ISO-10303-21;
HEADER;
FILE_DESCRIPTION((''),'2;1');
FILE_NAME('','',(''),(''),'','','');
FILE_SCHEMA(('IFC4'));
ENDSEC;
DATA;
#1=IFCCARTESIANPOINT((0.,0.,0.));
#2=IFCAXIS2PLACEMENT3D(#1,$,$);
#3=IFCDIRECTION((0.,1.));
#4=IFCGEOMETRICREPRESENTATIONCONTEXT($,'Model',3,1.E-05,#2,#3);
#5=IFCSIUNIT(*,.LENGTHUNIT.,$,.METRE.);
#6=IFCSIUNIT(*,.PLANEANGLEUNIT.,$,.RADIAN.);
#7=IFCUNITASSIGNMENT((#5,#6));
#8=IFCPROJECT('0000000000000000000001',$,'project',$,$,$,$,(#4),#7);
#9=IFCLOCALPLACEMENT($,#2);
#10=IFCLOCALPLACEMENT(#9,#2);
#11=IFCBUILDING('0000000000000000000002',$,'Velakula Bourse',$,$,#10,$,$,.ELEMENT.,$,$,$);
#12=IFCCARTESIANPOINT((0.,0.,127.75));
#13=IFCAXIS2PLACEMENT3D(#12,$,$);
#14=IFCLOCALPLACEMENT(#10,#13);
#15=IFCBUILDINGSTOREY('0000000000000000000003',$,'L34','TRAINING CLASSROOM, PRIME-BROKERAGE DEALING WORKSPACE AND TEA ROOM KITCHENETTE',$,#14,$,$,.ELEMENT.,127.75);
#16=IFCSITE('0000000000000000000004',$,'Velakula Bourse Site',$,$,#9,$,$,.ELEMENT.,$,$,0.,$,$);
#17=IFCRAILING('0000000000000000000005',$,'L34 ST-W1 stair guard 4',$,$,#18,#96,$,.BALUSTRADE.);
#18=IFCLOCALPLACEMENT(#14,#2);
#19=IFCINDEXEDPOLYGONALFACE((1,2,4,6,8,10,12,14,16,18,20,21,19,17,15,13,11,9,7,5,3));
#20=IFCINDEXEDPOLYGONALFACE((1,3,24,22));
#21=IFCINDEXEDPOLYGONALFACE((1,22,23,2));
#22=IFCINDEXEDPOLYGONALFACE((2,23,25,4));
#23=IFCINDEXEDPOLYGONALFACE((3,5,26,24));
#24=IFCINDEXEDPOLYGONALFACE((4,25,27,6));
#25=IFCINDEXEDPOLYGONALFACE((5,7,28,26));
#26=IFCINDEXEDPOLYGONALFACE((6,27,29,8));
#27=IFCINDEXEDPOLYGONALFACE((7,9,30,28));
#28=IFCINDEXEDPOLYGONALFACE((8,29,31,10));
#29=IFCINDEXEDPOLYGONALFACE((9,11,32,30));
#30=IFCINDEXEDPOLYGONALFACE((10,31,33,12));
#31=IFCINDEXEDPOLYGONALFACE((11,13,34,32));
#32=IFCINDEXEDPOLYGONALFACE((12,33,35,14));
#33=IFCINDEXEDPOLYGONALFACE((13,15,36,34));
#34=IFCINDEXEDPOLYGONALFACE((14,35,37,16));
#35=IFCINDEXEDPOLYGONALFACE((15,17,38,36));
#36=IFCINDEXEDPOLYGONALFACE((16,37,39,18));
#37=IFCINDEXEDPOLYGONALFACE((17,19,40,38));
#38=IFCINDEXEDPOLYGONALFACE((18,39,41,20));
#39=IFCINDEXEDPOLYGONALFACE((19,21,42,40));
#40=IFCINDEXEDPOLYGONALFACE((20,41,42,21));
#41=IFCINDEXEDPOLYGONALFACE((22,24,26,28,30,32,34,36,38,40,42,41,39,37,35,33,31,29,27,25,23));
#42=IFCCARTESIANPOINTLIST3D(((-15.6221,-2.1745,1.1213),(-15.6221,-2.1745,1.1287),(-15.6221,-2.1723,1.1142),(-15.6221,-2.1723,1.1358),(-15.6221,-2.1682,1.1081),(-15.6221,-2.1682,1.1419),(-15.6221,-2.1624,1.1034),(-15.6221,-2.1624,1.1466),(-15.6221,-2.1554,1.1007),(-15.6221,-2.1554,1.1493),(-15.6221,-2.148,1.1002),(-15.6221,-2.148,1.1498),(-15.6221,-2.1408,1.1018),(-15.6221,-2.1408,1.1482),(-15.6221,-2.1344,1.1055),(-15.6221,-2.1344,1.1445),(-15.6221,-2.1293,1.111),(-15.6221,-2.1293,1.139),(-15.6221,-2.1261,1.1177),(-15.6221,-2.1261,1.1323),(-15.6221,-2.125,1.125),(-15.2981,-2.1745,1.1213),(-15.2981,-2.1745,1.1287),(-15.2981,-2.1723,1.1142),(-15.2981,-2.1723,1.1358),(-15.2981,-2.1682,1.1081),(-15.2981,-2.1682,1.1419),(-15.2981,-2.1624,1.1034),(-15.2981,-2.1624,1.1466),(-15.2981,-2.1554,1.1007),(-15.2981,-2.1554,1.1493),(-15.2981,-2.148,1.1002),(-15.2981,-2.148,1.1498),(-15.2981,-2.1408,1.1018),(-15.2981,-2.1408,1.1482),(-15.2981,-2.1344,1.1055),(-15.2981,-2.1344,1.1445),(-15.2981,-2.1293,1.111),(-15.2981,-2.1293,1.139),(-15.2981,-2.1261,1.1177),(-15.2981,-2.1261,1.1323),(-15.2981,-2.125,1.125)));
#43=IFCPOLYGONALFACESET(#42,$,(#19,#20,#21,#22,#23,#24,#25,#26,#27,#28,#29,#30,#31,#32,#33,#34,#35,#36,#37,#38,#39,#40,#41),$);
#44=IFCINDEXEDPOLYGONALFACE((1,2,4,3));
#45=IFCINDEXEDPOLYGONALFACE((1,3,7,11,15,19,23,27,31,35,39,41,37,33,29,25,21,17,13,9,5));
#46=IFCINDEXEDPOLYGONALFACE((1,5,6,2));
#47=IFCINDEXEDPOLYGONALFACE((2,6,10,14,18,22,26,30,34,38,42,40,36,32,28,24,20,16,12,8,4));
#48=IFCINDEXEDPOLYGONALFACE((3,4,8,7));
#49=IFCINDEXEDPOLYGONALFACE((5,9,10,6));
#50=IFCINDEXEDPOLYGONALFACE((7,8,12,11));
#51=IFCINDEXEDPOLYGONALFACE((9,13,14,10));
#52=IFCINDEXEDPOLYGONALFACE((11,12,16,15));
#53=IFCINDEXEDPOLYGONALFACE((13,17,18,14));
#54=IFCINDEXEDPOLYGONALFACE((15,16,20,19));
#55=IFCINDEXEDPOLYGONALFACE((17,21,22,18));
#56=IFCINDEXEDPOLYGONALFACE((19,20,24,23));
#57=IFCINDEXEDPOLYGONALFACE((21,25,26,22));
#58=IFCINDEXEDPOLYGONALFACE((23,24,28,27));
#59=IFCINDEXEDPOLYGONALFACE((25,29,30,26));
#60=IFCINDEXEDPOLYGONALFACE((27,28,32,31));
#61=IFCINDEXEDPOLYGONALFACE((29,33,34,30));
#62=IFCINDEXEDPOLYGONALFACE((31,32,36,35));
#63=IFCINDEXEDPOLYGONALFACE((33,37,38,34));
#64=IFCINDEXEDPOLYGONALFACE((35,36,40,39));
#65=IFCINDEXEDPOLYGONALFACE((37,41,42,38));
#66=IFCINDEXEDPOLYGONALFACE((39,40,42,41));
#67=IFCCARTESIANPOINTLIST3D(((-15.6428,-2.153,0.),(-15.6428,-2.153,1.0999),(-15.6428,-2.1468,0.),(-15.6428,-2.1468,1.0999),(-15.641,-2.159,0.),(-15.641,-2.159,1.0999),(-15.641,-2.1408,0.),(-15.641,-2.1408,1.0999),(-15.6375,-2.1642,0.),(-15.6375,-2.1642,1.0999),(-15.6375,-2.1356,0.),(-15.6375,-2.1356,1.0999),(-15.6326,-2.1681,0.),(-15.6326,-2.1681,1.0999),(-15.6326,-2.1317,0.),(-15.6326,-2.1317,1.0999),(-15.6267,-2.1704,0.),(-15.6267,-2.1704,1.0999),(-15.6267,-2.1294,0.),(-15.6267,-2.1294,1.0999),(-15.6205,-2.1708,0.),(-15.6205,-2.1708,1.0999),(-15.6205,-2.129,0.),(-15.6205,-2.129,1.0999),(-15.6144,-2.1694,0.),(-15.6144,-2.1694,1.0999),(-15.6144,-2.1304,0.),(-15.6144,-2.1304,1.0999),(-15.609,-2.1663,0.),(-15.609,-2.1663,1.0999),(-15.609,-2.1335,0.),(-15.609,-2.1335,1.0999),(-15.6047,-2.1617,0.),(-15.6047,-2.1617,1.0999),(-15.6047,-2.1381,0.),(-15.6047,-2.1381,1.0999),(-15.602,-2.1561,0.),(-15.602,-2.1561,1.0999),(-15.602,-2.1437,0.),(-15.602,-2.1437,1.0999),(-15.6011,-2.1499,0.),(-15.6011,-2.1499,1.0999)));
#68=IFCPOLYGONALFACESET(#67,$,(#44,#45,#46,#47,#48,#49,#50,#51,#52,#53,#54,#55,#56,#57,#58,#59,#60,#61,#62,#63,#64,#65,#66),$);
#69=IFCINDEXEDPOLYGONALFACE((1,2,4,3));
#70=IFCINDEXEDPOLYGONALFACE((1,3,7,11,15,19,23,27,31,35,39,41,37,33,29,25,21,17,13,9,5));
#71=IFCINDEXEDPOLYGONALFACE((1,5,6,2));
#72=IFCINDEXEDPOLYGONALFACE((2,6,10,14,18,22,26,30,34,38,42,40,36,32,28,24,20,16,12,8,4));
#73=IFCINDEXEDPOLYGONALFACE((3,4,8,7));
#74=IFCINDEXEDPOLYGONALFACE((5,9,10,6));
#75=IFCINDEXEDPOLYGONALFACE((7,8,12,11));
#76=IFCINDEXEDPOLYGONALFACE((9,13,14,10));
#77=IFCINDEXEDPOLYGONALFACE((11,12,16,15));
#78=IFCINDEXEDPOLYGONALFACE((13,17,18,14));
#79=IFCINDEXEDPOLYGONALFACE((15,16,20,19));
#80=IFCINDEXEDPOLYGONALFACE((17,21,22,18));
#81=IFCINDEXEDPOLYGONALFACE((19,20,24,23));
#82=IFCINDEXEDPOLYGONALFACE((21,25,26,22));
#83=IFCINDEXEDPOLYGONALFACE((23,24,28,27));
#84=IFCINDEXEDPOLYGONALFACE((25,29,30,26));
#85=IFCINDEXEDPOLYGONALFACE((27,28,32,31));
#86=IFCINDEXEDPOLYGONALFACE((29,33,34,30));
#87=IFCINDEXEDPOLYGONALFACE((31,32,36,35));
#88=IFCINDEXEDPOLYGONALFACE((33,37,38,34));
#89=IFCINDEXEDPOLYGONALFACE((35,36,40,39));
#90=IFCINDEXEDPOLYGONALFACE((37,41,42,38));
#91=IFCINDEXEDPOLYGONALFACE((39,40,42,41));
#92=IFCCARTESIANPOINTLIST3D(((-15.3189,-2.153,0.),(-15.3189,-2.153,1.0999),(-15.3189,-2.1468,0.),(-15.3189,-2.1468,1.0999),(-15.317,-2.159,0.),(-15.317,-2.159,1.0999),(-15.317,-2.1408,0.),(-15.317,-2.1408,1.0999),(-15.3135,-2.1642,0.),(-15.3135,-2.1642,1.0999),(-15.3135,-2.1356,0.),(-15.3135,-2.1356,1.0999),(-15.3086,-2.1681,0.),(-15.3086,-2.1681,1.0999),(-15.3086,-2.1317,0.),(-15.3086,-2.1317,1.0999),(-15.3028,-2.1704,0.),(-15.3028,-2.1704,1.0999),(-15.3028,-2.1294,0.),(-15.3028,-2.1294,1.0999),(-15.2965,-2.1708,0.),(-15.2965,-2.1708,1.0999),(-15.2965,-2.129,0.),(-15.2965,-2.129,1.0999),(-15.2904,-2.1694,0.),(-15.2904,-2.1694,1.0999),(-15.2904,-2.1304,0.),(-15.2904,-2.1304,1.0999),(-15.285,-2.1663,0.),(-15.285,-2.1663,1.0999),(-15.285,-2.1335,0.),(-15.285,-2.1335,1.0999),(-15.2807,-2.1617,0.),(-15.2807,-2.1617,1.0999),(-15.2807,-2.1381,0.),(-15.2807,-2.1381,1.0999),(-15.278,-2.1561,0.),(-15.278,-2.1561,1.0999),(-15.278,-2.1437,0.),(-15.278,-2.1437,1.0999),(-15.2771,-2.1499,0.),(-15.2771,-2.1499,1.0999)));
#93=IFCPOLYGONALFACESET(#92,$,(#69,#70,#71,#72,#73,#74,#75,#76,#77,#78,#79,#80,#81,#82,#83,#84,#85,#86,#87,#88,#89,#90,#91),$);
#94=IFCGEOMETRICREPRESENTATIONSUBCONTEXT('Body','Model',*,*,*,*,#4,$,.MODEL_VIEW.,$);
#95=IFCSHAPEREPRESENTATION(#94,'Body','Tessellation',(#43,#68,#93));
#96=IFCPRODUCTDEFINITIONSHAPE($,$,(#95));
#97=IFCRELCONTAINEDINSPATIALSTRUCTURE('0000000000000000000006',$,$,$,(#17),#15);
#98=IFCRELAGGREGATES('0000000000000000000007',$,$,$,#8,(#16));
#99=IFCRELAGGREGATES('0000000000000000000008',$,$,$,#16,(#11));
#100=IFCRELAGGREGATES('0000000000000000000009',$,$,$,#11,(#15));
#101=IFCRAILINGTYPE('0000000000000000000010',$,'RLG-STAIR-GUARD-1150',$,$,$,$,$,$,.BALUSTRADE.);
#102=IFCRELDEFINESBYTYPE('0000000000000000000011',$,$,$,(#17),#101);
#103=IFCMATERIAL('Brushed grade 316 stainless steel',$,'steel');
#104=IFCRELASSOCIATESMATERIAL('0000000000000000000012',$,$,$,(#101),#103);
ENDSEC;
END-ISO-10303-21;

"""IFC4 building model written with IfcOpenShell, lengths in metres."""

from ifc_helpers import new_model, si_unit, direction, frame, origin, origin_2d, place, context, subcontext, project, spatial, circle, extrude, material, type_object, element, save


model = new_model("IFC4")

# Units and contexts
model_context = context("Model", 3, precision=1e-05, world=origin(), true_north=direction((0.0, 1.0)))
body_context = subcontext(model_context, "Body", "Model", "MODEL_VIEW")
ifc_project = project(units=[si_unit("LENGTHUNIT", "METRE"), si_unit("PLANEANGLEUNIT", "RADIAN")], contexts=[model_context])

# Site, building, storey
site_placement = place(None, origin())
site = spatial("IfcSite", under=ifc_project, at=site_placement, Name="Velakula Bourse Site", CompositionType="ELEMENT", RefElevation=0.0)
building_placement = place(site_placement, origin())
building = spatial("IfcBuilding", under=site, at=building_placement, Name="Velakula Bourse", CompositionType="ELEMENT")
storey_placement = place(building_placement, frame((0.0, 0.0, 127.75)))
storey = spatial("IfcBuildingStorey", under=building, at=storey_placement, Name="L34", Description="TRAINING CLASSROOM, PRIME-BROKERAGE DEALING WORKSPACE AND TEA ROOM KITCHENETTE", CompositionType="ELEMENT", Elevation=127.75)

# Shared definitions
ifc_material_1 = material(Name="Brushed grade 316 stainless steel", Category="steel")

# Railing
railing_type_1 = type_object("IfcRailingType", Name="RLG-STAIR-GUARD-1150", PredefinedType="BALUSTRADE", material=ifc_material_1)
railing_1_placement = place(storey_placement, frame((-15.6221, -2.1499, 0.0)))
element("IfcRailing", 1, at=railing_1_placement, inside=storey, type_object=railing_type_1, Name="L34 ST-W1 stair guard 4", PredefinedType="BALUSTRADE", context=body_context, shape_type="SweptSolid", body=[
    extrude(circle(Radius=0.0249, at=origin_2d()), frame((0.0, 0.0, 1.125), z_axis=(1.0, 0.0, 0.0), x_axis=(0.0, 1.0, 0.0)), (0.0, 0.0, 1.0), 0.324),
    extrude(circle(Radius=0.021, at=origin_2d()), origin(), (0.0, 0.0, 1.0), 1.0999),
    extrude(circle(Radius=0.021, at=origin_2d()), frame((0.324, 0.0, 0.0)), (0.0, 0.0, 1.0), 1.0999),
])

save(model, "model.ifc")
